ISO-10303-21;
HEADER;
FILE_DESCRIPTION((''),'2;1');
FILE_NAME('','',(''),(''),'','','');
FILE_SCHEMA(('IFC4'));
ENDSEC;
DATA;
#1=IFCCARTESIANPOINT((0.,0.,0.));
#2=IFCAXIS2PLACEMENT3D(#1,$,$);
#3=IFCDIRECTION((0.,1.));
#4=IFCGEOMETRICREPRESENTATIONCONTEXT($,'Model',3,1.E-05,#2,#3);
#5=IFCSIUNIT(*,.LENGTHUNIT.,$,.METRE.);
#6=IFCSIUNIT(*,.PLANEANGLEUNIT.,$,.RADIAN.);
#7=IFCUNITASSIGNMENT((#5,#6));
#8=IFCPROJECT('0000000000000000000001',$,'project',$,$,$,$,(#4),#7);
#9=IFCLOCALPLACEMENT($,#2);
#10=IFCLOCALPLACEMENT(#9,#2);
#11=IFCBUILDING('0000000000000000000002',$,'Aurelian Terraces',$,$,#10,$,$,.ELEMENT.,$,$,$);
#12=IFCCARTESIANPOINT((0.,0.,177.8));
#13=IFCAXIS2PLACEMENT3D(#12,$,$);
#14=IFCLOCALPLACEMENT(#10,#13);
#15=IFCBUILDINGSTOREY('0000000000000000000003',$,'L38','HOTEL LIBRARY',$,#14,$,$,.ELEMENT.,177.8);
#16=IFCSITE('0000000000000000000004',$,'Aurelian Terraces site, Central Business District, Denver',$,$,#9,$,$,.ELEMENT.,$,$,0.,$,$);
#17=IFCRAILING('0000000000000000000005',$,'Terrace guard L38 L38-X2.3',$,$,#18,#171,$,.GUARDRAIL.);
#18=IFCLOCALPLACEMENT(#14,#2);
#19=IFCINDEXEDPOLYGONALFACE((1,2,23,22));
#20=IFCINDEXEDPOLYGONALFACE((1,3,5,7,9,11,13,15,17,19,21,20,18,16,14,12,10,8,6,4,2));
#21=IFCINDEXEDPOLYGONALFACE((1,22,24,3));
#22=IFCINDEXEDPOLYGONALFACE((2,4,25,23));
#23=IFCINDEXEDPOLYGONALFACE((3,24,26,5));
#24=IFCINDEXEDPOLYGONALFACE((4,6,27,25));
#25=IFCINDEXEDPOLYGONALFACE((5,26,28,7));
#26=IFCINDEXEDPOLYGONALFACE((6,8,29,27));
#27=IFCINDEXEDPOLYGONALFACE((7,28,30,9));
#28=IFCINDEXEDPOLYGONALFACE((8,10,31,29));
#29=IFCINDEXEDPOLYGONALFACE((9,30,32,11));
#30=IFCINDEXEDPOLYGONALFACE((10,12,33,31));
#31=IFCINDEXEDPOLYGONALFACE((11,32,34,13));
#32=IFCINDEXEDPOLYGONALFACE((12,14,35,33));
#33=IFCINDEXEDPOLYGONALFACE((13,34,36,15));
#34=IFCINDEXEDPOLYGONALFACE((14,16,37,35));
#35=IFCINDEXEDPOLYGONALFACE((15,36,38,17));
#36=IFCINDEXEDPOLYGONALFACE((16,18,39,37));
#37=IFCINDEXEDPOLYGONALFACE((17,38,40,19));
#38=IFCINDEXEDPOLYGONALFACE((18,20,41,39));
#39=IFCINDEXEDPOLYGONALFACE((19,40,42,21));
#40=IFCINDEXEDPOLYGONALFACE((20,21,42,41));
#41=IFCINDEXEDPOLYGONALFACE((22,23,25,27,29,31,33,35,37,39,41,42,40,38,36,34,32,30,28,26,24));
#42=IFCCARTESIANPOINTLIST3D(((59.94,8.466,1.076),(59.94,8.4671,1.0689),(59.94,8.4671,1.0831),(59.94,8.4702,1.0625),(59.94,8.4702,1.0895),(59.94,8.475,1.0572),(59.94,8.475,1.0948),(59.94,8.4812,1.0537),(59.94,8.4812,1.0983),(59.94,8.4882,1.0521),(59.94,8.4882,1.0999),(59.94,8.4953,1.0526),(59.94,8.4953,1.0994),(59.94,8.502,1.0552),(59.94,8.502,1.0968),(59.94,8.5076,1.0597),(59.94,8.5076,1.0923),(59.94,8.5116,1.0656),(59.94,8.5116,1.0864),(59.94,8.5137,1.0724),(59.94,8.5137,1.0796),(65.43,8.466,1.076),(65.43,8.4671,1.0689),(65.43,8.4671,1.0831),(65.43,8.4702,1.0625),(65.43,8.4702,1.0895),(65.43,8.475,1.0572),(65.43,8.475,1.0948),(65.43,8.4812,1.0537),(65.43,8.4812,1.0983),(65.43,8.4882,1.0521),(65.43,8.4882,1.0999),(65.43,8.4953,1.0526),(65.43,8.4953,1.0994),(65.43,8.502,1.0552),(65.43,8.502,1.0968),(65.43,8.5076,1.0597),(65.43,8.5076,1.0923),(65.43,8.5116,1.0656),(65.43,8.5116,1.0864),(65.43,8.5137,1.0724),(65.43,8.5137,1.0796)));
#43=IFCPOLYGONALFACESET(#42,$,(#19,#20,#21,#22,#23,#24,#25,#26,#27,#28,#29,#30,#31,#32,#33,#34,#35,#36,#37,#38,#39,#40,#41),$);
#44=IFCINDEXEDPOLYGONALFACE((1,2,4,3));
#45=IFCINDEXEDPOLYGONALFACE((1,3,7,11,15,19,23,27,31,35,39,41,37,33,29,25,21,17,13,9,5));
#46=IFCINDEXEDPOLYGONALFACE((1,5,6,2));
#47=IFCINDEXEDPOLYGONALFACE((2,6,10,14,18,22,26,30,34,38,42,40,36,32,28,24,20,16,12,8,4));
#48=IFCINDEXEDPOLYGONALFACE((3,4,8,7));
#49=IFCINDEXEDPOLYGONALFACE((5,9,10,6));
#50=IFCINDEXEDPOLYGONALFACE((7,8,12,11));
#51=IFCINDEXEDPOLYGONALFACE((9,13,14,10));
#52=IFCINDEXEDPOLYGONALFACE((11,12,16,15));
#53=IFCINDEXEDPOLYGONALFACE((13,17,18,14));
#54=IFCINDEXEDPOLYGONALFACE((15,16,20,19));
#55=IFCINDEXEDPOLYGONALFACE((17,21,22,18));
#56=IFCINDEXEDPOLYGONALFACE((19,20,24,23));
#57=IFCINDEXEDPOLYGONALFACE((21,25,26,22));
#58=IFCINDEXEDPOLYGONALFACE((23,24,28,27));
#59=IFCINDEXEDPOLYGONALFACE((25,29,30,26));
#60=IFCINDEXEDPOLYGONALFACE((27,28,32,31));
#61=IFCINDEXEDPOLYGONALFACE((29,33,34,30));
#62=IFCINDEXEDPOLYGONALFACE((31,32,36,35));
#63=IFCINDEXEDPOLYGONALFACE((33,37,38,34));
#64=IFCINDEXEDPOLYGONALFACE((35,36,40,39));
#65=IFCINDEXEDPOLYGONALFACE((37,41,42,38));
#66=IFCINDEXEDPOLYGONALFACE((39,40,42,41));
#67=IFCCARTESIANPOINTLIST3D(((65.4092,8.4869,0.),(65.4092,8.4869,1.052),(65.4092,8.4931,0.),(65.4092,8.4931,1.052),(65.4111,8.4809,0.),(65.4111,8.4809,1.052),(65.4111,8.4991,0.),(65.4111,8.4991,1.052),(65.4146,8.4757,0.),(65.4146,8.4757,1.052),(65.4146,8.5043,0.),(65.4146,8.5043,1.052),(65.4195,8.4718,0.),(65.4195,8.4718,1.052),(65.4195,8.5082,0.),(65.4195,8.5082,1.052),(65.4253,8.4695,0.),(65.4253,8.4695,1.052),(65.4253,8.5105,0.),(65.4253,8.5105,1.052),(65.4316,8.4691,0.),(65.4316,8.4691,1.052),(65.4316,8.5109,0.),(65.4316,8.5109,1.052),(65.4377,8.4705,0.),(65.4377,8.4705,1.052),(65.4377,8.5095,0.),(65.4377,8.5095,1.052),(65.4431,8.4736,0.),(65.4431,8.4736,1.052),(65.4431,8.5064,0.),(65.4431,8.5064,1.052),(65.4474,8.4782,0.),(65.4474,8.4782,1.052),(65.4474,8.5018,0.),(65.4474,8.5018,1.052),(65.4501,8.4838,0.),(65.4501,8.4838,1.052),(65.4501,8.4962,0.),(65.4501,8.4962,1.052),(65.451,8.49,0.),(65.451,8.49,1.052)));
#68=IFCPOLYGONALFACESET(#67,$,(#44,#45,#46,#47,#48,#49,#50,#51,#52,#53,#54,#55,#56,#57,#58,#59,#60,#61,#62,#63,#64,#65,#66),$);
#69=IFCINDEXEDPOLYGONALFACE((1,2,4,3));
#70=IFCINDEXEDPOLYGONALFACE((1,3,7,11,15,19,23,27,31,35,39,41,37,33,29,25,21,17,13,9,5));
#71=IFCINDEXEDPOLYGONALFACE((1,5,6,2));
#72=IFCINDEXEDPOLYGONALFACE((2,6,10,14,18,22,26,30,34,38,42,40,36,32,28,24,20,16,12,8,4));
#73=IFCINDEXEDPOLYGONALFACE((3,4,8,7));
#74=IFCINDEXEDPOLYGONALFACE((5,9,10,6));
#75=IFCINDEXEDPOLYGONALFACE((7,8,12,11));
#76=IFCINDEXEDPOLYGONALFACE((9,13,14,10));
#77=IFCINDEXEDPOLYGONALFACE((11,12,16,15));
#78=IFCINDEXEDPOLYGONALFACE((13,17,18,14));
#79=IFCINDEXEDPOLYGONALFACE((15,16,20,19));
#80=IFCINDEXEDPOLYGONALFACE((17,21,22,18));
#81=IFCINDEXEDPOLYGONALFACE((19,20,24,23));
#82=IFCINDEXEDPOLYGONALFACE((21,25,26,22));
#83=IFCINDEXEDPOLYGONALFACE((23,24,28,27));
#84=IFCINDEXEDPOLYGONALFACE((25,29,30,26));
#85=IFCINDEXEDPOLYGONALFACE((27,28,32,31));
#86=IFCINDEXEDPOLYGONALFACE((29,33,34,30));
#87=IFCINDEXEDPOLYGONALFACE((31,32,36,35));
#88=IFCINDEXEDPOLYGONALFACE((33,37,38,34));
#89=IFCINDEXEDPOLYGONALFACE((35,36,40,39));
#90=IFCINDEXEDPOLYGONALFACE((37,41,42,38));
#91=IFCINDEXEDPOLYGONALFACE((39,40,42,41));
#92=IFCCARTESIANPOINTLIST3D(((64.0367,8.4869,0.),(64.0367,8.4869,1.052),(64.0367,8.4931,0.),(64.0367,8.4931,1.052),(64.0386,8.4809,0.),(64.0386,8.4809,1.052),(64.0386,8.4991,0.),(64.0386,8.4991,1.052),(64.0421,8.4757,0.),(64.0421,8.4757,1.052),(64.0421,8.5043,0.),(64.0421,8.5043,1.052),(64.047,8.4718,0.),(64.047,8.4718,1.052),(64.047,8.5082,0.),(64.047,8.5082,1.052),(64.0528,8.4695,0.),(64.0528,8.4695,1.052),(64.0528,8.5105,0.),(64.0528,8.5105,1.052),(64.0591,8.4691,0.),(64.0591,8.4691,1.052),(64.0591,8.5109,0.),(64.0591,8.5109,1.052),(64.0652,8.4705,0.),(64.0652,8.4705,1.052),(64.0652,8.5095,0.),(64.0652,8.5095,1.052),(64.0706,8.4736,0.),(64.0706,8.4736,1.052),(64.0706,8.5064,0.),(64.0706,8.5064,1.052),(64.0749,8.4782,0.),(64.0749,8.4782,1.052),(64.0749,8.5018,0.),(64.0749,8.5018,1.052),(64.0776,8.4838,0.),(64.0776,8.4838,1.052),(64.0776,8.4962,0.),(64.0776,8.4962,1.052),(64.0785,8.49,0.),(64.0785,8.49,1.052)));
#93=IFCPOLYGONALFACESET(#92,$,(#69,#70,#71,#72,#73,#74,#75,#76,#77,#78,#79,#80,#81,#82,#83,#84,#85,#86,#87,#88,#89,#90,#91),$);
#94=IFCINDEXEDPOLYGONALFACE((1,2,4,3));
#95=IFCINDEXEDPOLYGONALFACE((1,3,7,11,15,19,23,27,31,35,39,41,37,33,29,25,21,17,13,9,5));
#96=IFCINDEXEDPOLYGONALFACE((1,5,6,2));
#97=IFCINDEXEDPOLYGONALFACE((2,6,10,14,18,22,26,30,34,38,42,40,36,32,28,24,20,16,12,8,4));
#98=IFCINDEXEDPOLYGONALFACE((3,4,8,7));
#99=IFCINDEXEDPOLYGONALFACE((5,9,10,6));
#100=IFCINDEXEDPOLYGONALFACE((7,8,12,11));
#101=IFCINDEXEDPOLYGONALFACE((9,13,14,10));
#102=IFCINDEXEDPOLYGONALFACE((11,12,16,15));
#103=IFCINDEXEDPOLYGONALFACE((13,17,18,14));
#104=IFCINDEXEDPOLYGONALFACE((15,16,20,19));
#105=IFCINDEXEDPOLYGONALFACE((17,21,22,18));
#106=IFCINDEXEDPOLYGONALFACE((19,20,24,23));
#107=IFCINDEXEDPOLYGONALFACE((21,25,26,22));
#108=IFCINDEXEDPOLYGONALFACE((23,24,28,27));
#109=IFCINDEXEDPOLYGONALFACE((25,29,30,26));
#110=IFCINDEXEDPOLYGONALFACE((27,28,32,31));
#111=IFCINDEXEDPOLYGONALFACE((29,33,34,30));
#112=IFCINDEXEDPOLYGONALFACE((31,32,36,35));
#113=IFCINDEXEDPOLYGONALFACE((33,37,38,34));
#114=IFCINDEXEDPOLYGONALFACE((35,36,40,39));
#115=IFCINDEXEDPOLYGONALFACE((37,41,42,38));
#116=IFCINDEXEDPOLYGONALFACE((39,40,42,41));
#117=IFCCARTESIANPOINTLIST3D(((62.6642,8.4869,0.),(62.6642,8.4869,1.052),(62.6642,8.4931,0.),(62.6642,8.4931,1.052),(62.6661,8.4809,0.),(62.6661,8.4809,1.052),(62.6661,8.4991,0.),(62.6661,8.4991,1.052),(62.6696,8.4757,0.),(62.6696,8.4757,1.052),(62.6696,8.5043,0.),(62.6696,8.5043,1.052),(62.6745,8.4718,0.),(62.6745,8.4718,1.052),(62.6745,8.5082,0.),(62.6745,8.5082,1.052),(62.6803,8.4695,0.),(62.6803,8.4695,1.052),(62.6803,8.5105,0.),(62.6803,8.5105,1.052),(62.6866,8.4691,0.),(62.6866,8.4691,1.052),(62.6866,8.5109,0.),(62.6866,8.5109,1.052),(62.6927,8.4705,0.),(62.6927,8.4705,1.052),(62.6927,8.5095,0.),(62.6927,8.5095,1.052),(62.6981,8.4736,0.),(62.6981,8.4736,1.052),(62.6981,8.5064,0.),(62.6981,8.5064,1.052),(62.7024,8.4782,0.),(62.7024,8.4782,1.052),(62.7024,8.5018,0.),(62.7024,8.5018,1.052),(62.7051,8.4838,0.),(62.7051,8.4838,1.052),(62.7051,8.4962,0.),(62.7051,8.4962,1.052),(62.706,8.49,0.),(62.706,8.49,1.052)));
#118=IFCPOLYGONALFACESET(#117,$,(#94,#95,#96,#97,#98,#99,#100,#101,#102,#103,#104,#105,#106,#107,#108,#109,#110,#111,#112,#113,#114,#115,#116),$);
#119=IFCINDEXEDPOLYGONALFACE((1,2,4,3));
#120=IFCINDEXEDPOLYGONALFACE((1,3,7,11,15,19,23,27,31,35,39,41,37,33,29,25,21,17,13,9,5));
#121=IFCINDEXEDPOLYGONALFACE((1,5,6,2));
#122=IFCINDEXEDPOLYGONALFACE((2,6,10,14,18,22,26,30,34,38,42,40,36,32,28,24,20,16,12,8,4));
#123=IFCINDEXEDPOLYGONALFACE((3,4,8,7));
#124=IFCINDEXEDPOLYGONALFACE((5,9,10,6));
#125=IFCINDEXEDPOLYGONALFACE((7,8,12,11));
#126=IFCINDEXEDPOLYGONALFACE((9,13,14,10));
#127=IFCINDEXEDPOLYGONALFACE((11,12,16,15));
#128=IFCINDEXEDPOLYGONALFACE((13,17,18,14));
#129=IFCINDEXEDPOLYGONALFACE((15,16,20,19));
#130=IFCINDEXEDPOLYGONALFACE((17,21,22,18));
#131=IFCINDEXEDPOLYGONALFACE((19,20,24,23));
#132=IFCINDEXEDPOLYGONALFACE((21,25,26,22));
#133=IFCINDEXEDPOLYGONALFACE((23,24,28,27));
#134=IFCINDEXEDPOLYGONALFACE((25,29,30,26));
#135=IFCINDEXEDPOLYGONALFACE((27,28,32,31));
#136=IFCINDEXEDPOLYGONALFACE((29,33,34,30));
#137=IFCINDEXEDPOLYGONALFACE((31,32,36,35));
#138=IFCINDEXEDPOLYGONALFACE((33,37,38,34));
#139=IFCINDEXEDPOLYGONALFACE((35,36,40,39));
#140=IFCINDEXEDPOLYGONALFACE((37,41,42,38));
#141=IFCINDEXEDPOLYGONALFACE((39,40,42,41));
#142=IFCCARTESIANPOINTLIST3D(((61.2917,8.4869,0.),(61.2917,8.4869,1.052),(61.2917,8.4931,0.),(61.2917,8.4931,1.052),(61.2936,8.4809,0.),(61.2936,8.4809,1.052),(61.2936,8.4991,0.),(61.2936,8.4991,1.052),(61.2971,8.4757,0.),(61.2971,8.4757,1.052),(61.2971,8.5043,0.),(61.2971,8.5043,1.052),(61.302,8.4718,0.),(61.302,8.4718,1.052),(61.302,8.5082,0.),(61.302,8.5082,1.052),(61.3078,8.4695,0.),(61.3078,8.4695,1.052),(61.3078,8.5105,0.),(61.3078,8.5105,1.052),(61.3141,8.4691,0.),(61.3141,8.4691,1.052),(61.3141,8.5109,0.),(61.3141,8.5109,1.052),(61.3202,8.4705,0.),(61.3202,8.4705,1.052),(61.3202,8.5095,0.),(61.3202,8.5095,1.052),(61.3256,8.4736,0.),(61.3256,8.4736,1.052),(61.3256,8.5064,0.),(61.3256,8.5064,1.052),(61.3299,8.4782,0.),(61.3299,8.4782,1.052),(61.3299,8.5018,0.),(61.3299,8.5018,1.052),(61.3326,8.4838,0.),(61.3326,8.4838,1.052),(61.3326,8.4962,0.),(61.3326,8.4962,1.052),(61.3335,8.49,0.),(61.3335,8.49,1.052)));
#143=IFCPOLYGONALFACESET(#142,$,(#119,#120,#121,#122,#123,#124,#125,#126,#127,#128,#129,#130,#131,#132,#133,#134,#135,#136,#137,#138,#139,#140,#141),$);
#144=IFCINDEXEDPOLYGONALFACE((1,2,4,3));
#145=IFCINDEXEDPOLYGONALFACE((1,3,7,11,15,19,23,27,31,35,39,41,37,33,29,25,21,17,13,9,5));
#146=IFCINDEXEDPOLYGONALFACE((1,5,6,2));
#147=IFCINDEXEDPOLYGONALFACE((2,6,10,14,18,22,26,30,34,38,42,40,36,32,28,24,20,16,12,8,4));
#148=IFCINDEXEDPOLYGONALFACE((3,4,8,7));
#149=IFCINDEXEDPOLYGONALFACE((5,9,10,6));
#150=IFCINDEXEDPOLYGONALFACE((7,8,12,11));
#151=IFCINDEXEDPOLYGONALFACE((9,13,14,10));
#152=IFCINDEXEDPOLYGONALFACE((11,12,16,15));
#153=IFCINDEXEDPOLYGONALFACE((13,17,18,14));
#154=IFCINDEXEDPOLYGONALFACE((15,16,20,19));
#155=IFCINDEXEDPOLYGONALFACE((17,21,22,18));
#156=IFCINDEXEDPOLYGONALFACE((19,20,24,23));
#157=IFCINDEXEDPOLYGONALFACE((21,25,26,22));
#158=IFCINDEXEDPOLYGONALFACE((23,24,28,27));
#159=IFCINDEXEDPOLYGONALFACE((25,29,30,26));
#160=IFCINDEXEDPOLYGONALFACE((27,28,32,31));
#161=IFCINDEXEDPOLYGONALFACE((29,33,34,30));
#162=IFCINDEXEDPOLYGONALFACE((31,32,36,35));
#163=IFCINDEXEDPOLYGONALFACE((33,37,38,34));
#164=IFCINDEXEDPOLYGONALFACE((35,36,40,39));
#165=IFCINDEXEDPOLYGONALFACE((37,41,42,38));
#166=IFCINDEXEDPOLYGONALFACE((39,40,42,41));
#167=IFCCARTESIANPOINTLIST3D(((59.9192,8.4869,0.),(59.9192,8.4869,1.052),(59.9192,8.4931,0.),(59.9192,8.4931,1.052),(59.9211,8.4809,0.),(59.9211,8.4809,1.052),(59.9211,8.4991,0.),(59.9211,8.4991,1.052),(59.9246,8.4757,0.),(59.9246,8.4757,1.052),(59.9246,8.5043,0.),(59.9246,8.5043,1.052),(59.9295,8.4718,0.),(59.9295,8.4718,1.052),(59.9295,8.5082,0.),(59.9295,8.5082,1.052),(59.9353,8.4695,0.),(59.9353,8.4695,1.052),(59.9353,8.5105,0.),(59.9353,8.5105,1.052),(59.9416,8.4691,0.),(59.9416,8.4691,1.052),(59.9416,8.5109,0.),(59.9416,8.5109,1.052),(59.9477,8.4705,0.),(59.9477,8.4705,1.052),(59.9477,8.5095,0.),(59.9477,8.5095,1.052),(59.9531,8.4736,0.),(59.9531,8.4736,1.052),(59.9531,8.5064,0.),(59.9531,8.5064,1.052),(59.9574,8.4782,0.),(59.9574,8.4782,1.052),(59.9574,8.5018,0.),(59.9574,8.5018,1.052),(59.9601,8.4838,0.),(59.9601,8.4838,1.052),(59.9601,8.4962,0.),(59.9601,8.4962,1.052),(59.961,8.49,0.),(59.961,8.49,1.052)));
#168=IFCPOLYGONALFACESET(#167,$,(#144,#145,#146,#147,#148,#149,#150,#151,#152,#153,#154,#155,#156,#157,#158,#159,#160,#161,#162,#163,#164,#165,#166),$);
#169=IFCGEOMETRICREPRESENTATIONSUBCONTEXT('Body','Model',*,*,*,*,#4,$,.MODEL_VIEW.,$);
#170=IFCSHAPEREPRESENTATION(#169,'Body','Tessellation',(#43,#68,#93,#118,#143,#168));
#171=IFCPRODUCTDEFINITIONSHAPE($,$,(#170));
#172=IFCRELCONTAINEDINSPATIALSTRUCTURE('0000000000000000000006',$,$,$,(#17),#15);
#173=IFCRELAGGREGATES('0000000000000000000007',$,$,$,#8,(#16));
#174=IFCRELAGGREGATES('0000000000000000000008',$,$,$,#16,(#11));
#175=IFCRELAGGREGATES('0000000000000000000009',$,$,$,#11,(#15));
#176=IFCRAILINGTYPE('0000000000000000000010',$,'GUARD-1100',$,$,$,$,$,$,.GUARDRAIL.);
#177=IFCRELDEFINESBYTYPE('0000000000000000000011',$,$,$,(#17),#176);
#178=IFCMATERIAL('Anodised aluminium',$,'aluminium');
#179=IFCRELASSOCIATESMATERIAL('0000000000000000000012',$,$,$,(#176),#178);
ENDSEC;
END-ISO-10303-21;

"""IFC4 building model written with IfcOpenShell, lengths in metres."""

from ifc_helpers import new_model, si_unit, direction, frame, origin, origin_2d, place, context, subcontext, project, spatial, circle, extrude, source, transform, mapped, material, type_object, element, save


model = new_model("IFC4")

# Units and contexts
model_context = context("Model", 3, precision=1e-05, world=origin(), true_north=direction((0.0, 1.0)))
body_context = subcontext(model_context, "Body", "Model", "MODEL_VIEW")
ifc_project = project(units=[si_unit("LENGTHUNIT", "METRE"), si_unit("PLANEANGLEUNIT", "RADIAN")], contexts=[model_context])

# Site, building, storey
site_placement = place(None, origin())
site = spatial("IfcSite", under=ifc_project, at=site_placement, Name="Aurelian Terraces site, Central Business District, Denver", CompositionType="ELEMENT", RefElevation=0.0)
building_placement = place(site_placement, origin())
building = spatial("IfcBuilding", under=site, at=building_placement, Name="Aurelian Terraces", CompositionType="ELEMENT")
storey_placement = place(building_placement, frame((0.0, 0.0, 177.8)))
storey = spatial("IfcBuildingStorey", under=building, at=storey_placement, Name="L38", Description="HOTEL LIBRARY", CompositionType="ELEMENT", Elevation=177.8)

# Shared definitions
ifc_material_1 = material(Name="Anodised aluminium", Category="aluminium")
railing_type = type_object("IfcRailingType", Name="GUARD-1100", PredefinedType="GUARDRAIL", material=ifc_material_1)

# Railing
shared_shape_1 = source(origin(), body_context, "Body", "SweptSolid", [
    extrude(circle(Radius=0.024, at=origin_2d()), frame((0.0, 0.0, 1.076), z_axis=(-1.0, 0.0, 0.0), x_axis=(0.0, -1.0, 0.0)), (0.0, 0.0, 1.0), 5.49),
    extrude(circle(Radius=0.021, at=origin_2d()), origin(), (0.0, 0.0, 1.0), 1.052),
    extrude(circle(Radius=0.021, at=origin_2d()), frame((-1.3725, 0.0, 0.0)), (0.0, 0.0, 1.0), 1.052),
    extrude(circle(Radius=0.021, at=origin_2d()), frame((-2.745, 0.0, 0.0)), (0.0, 0.0, 1.0), 1.052),
    extrude(circle(Radius=0.021, at=origin_2d()), frame((-4.1175, 0.0, 0.0)), (0.0, 0.0, 1.0), 1.052),
    extrude(circle(Radius=0.021, at=origin_2d()), frame((-5.49, 0.0, 0.0)), (0.0, 0.0, 1.0), 1.052),
])
railing_1_placement = place(storey_placement, frame((65.43, 8.49, 0.0)))
element("IfcRailing", 1, at=railing_1_placement, inside=storey, type_object=railing_type, Name="Terrace guard L38 L38-X2.3", PredefinedType="GUARDRAIL", context=body_context, shape_type="MappedRepresentation", body=[
    mapped(shared_shape_1, transform((0.0, 0.0, 0.0), scale=1.0)),
])

save(model, "model.ifc")
